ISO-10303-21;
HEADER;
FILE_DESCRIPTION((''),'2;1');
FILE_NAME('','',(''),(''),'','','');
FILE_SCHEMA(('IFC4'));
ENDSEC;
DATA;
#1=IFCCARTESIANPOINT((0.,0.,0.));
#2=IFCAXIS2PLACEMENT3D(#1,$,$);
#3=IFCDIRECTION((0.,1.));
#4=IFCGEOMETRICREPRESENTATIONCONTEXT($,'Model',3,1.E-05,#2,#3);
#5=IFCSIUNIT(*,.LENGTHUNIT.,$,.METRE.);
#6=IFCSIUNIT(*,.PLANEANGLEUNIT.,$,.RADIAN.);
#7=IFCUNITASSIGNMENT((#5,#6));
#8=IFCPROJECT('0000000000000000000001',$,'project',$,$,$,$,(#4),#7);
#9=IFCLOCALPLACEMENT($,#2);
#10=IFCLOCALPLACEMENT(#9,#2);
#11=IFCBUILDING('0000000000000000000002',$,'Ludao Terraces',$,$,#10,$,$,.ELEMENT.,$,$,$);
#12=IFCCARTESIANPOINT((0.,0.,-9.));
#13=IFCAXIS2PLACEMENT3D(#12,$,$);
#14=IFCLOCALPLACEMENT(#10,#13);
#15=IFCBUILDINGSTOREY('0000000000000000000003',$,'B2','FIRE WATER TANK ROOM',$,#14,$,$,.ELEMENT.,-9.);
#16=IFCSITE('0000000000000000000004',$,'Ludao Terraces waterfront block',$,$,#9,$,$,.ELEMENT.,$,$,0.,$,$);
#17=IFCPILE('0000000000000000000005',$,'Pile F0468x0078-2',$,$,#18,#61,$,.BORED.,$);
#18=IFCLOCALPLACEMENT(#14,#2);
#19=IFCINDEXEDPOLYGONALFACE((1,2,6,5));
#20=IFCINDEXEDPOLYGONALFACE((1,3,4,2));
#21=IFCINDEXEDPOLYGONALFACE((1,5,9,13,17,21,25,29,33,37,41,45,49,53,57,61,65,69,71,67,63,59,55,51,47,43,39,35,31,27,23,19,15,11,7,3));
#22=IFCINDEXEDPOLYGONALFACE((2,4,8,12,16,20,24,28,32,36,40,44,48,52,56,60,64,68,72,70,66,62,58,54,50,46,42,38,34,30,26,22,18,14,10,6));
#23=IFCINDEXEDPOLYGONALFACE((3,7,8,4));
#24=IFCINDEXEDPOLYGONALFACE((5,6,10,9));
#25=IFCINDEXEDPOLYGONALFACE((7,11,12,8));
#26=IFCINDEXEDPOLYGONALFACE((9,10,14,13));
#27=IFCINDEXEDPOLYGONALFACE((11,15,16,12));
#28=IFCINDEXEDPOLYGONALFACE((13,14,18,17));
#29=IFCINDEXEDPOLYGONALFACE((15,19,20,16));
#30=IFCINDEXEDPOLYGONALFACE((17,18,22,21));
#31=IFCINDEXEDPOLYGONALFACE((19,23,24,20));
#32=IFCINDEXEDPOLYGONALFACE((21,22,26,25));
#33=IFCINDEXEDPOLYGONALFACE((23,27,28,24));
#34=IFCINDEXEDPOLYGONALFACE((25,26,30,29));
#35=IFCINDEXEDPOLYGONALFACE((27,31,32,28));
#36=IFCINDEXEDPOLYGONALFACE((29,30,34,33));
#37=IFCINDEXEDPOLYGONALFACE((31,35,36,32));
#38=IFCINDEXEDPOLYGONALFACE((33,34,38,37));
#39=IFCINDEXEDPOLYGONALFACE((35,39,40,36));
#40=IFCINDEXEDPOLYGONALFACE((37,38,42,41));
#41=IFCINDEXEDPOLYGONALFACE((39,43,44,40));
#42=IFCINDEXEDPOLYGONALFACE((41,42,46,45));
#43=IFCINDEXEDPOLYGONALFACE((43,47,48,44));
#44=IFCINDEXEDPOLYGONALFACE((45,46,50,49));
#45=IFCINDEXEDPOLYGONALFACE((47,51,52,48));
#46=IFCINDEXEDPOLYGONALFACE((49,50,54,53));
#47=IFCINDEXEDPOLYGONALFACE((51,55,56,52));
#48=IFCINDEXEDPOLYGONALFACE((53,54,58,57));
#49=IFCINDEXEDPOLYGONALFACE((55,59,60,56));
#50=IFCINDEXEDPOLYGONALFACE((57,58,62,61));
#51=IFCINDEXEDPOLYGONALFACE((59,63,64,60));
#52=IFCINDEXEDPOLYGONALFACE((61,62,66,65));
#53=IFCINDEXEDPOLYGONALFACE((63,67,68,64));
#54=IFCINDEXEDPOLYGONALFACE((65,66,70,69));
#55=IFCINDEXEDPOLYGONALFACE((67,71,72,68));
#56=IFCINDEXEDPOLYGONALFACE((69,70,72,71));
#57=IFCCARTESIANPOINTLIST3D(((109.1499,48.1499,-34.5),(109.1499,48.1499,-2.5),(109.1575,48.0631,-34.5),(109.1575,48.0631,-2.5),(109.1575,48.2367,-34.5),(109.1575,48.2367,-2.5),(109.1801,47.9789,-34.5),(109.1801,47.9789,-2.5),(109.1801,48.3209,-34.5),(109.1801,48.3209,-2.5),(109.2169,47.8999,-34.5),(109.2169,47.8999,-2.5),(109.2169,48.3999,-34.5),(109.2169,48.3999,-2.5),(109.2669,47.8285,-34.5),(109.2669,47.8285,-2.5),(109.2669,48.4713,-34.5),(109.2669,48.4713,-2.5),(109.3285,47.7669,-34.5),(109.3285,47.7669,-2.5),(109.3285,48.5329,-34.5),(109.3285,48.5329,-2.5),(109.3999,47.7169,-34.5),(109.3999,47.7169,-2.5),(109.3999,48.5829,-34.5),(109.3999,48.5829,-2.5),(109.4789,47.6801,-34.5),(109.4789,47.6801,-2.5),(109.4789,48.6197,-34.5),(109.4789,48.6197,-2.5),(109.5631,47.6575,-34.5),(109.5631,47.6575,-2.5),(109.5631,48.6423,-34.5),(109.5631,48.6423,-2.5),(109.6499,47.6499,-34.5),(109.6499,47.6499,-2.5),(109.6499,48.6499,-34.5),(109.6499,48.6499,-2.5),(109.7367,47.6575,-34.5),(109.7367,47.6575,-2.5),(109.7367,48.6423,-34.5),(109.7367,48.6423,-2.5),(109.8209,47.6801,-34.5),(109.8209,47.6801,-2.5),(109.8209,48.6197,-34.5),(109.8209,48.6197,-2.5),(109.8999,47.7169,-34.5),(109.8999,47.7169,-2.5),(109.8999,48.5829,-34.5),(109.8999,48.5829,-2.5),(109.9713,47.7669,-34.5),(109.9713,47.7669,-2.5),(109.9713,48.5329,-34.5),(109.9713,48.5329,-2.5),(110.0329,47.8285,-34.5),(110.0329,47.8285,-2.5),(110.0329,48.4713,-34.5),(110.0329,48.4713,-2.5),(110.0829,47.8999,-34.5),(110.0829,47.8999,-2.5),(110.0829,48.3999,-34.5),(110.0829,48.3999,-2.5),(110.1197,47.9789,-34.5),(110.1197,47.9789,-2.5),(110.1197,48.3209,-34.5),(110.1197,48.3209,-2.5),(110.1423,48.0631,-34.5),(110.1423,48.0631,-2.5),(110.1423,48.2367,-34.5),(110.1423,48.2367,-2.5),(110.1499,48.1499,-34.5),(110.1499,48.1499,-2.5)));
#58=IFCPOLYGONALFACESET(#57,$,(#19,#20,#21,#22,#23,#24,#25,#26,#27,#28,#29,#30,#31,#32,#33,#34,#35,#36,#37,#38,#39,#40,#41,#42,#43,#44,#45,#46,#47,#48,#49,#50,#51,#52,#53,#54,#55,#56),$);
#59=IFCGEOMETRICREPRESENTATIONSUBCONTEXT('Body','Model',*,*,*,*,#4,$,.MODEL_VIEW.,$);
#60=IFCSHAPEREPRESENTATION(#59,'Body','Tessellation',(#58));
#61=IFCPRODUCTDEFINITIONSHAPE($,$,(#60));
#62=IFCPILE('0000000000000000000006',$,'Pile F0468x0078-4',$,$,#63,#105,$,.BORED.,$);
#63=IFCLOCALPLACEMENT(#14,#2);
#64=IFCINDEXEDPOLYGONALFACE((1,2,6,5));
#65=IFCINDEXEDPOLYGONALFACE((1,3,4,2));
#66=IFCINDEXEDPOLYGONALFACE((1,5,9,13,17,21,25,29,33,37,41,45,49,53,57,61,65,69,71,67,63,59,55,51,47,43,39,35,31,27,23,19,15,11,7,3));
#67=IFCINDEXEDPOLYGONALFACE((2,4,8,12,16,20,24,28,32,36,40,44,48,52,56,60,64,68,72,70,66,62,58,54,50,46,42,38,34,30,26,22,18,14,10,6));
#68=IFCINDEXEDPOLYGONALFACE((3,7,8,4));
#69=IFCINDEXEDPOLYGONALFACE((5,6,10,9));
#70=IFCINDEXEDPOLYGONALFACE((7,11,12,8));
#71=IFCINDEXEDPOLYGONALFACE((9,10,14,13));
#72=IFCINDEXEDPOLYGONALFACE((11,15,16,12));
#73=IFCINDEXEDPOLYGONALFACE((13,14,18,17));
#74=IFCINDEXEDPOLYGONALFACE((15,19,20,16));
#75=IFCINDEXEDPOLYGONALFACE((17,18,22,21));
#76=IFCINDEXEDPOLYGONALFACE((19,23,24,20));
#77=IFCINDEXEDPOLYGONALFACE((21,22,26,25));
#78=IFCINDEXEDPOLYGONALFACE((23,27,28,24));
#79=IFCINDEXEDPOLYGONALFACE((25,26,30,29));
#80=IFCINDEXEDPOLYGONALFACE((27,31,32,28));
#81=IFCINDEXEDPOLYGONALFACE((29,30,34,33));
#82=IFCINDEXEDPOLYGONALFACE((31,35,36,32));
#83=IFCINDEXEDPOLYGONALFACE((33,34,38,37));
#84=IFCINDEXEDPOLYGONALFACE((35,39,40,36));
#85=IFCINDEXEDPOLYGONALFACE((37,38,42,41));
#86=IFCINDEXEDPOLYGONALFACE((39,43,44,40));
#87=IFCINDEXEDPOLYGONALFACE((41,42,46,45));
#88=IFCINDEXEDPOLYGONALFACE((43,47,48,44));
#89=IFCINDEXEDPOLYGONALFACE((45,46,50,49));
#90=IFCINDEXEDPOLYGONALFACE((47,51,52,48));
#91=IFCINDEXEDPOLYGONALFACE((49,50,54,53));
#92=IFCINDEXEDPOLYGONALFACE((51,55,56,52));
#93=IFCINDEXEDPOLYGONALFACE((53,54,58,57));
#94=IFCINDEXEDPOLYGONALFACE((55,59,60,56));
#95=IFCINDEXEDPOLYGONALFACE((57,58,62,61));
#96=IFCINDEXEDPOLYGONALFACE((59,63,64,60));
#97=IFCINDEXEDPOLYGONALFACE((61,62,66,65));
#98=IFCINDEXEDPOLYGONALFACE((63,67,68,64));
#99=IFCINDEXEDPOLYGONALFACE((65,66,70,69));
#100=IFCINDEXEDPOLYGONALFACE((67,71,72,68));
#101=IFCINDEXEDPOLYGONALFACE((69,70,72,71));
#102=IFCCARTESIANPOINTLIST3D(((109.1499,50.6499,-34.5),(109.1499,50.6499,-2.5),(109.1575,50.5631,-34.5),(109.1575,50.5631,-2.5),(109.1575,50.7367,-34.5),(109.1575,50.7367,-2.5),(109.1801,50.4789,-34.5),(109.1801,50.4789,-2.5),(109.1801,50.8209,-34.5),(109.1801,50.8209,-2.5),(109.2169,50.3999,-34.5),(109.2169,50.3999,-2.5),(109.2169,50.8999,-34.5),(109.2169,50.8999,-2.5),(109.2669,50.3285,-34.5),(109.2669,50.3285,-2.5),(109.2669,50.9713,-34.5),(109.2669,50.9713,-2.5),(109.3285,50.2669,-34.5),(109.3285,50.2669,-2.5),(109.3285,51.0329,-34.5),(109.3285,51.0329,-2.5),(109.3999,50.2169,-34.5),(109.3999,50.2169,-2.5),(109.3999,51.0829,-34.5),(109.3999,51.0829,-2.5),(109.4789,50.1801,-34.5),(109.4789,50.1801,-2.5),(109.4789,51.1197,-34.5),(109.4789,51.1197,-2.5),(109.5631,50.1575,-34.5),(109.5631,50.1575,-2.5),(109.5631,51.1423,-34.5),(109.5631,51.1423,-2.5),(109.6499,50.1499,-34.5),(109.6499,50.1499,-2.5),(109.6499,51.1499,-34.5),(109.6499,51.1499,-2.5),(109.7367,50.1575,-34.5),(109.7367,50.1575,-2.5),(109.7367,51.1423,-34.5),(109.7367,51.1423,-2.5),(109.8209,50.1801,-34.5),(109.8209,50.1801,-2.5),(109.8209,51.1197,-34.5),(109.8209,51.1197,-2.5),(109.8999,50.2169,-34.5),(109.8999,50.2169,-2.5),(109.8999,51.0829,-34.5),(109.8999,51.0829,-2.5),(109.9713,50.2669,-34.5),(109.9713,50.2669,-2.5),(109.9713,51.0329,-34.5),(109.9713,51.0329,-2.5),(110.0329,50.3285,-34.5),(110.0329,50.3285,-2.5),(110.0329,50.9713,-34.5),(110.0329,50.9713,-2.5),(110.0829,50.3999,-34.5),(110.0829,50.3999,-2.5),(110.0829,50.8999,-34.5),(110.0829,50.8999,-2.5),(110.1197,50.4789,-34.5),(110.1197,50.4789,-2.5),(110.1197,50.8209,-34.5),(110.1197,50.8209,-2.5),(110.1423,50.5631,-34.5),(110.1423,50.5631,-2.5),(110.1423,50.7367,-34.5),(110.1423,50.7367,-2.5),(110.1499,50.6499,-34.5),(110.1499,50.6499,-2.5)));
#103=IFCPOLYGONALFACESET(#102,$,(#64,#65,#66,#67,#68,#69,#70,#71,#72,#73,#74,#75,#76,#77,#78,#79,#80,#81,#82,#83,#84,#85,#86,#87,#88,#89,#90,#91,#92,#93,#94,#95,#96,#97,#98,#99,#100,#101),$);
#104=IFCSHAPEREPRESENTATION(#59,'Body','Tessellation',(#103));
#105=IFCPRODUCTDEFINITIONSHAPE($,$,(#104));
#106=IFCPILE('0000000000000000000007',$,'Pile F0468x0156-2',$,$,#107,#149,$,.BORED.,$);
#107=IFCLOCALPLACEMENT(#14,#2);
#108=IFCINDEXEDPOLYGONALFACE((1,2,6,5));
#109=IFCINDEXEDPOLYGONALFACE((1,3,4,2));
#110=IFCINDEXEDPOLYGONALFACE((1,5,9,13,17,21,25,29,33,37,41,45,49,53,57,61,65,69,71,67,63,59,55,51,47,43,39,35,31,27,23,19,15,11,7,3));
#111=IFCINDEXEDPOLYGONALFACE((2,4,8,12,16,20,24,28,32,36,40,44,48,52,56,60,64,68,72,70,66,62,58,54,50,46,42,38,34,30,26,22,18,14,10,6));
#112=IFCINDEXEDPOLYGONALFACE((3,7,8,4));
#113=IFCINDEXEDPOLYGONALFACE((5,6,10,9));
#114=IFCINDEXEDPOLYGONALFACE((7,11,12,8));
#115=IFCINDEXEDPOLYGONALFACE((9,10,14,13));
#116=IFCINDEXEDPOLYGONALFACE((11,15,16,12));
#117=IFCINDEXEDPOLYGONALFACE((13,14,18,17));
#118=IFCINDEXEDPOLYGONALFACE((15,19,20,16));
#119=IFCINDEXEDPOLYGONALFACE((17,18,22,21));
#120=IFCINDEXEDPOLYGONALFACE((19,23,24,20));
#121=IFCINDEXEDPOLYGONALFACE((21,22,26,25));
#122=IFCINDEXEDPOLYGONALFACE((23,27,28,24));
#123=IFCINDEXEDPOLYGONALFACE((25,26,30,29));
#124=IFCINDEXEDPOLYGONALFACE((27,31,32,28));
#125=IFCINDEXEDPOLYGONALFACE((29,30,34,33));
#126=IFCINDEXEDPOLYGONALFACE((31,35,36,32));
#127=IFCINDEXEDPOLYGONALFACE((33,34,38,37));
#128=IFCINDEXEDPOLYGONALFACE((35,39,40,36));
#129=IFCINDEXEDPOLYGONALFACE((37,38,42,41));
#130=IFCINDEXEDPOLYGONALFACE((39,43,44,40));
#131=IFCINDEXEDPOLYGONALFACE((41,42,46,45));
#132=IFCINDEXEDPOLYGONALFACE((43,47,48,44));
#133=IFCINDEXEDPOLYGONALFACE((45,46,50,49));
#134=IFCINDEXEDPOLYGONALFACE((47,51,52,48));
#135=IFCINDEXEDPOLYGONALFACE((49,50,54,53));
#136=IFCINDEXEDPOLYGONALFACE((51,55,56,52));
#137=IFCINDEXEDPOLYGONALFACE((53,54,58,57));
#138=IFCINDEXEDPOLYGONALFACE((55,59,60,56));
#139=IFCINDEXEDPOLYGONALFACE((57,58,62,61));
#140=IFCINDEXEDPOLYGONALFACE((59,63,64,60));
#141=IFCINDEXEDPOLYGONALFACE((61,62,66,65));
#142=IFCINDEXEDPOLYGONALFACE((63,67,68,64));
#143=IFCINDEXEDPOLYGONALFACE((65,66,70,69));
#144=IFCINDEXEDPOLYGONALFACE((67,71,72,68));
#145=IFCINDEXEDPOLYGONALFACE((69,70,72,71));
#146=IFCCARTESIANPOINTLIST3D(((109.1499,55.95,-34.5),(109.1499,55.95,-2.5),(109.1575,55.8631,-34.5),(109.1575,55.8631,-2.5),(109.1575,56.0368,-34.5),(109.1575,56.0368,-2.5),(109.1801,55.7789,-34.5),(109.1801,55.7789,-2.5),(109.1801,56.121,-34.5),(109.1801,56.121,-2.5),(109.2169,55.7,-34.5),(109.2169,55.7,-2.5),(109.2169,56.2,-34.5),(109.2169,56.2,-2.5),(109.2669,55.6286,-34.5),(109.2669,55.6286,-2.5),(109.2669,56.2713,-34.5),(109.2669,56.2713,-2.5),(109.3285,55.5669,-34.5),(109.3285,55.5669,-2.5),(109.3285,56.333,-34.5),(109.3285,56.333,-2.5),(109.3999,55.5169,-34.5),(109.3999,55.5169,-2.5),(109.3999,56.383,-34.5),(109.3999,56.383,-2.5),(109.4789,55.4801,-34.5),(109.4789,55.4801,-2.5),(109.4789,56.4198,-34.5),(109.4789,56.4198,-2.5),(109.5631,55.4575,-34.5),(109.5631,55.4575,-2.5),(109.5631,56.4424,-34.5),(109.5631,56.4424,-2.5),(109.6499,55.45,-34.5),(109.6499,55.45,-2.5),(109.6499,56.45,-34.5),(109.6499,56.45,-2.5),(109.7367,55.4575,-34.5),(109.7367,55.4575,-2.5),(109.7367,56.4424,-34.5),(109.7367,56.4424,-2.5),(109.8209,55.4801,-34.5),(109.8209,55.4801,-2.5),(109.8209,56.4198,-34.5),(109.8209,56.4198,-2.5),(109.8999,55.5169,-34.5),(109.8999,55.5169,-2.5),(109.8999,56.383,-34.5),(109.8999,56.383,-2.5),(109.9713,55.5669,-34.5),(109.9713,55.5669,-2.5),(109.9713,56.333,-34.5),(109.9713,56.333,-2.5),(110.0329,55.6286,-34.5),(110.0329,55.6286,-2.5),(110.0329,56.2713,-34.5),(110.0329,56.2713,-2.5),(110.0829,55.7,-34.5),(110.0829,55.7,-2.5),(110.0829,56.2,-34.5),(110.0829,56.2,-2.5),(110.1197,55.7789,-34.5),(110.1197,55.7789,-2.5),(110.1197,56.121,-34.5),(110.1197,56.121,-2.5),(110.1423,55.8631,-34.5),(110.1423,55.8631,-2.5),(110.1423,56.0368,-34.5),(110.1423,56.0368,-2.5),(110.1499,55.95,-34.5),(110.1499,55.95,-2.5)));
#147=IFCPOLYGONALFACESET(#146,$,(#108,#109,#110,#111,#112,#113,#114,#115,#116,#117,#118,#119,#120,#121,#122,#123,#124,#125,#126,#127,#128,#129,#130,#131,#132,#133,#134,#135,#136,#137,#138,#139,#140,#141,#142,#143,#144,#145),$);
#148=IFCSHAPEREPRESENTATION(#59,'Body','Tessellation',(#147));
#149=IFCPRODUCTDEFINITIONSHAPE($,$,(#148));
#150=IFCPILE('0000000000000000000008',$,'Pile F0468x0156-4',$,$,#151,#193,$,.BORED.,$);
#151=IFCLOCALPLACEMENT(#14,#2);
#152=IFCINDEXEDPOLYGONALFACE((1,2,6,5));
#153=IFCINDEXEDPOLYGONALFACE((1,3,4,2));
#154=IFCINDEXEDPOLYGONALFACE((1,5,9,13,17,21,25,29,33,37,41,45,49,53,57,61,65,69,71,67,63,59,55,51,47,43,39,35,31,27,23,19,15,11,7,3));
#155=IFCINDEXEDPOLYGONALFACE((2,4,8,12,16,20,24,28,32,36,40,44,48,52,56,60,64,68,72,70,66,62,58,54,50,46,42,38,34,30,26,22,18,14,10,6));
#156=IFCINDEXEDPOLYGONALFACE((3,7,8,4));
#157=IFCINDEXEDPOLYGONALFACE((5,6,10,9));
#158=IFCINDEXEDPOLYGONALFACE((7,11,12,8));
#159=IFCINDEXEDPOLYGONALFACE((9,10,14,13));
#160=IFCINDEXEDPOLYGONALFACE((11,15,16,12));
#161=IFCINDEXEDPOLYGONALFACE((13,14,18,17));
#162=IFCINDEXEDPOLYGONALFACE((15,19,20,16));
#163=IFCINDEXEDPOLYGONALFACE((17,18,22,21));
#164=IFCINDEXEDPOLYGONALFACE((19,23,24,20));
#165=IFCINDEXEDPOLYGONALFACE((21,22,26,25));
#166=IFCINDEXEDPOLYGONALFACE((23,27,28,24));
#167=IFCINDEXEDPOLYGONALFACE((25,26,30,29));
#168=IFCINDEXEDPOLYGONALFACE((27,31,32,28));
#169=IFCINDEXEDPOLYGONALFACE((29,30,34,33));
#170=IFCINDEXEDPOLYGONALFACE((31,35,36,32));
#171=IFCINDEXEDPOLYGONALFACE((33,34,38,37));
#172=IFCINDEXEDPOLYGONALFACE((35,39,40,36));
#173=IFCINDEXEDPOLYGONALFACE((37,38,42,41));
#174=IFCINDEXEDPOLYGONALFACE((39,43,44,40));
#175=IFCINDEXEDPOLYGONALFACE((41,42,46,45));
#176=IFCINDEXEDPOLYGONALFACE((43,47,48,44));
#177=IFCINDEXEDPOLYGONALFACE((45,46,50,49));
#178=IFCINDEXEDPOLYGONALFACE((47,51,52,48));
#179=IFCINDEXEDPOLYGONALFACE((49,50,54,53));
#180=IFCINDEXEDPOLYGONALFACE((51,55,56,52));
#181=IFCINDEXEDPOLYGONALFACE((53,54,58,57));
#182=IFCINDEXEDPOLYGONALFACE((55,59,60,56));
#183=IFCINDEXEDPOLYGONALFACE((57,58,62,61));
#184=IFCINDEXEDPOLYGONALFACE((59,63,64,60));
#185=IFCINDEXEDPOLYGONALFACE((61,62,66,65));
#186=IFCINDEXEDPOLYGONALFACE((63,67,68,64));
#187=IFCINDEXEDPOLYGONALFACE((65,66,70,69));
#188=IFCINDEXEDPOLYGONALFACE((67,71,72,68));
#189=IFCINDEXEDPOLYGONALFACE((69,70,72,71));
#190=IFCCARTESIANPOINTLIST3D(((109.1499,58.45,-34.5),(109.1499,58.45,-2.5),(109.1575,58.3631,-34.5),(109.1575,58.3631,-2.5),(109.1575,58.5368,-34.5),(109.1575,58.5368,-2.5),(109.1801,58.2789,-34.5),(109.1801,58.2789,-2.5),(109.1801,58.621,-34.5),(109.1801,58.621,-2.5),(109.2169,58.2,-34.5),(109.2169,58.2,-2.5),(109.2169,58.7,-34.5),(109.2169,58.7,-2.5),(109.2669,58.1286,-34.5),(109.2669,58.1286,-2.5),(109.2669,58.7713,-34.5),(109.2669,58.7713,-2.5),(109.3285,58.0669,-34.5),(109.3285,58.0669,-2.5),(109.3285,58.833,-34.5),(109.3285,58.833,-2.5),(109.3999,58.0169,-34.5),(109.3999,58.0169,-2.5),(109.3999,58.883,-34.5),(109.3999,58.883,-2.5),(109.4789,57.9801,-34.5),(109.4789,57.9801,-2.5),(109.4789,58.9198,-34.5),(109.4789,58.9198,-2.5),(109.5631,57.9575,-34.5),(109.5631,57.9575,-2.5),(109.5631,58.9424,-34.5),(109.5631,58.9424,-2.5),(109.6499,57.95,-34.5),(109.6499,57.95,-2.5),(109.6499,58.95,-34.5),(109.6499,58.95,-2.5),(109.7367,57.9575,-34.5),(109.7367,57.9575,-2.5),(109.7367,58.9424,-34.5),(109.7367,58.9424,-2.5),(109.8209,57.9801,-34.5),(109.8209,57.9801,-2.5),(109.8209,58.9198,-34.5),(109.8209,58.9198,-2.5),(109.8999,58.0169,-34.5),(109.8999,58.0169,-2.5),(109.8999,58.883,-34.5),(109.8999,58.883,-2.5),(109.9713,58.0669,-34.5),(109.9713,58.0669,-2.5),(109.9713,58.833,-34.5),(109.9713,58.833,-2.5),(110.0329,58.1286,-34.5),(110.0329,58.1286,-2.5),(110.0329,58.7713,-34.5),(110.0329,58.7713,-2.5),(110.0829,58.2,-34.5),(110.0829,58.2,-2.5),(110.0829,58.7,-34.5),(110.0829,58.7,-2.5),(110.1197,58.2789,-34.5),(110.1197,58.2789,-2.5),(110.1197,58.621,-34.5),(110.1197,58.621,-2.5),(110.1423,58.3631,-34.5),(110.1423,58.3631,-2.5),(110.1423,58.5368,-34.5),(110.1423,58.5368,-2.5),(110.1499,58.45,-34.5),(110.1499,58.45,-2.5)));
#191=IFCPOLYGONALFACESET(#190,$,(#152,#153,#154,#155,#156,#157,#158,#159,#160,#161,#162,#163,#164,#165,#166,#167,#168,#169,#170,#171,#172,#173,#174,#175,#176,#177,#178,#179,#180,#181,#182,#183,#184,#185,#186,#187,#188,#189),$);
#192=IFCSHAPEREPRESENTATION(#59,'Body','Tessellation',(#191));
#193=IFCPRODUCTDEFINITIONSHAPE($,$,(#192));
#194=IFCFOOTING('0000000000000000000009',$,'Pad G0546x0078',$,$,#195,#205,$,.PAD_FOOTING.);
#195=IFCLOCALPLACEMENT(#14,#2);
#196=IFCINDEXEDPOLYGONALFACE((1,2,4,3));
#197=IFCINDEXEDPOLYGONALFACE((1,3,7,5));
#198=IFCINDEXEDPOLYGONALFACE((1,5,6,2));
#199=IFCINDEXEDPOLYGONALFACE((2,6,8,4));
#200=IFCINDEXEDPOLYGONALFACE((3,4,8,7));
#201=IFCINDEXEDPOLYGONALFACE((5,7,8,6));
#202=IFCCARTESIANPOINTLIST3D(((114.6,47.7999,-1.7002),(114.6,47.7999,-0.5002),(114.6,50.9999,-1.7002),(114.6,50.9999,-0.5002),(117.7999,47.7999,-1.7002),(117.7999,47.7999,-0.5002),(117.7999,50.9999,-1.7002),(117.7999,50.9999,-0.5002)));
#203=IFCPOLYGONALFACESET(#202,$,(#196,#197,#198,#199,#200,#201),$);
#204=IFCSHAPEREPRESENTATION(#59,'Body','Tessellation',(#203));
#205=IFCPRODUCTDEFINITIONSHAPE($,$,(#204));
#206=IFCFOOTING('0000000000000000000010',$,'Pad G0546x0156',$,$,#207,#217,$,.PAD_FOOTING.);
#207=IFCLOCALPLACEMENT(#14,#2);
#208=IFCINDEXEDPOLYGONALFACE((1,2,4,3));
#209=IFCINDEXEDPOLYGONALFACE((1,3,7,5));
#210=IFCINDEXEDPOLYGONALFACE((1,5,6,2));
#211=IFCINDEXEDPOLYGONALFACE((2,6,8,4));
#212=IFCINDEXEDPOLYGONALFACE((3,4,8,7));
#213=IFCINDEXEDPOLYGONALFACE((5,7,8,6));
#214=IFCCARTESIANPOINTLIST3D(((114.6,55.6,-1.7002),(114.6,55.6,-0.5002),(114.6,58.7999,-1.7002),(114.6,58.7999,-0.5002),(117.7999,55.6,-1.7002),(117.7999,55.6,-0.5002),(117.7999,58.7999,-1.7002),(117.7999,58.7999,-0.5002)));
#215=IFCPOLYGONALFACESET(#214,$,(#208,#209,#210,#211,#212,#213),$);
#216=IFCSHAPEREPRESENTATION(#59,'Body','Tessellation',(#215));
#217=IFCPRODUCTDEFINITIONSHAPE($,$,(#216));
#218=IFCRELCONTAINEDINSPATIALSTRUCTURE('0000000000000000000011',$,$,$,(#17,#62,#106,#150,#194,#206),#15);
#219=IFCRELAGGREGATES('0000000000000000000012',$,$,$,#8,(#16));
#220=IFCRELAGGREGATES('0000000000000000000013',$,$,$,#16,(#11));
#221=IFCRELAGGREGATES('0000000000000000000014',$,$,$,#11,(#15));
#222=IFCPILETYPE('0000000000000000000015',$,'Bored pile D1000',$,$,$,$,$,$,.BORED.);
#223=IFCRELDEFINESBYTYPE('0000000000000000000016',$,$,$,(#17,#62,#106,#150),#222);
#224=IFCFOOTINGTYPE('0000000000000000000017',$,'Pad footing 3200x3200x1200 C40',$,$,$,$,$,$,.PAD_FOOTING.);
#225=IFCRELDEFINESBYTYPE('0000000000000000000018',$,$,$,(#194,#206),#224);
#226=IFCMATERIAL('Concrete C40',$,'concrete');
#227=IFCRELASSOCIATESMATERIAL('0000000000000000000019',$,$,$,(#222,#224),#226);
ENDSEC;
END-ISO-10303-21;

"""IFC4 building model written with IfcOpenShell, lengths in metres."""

from ifc_helpers import new_model, si_unit, direction, frame, origin, origin_2d, place, context, subcontext, project, spatial, rectangle, circle, extrude, material, material_profile, profile_set, type_object, element, save


model = new_model("IFC4")

# Units and contexts
model_context = context("Model", 3, precision=1e-05, world=origin(), true_north=direction((0.0, 1.0)))
body_context = subcontext(model_context, "Body", "Model", "MODEL_VIEW")
ifc_project = project(units=[si_unit("LENGTHUNIT", "METRE"), si_unit("PLANEANGLEUNIT", "RADIAN")], contexts=[model_context])

# Site, building, storey
site_placement = place(None, origin())
site = spatial("IfcSite", under=ifc_project, at=site_placement, Name="Ludao Terraces waterfront block", CompositionType="ELEMENT", RefElevation=0.0)
building_placement = place(site_placement, origin())
building = spatial("IfcBuilding", under=site, at=building_placement, Name="Ludao Terraces", CompositionType="ELEMENT")
storey_placement = place(building_placement, frame((0.0, 0.0, -9.0)))
storey = spatial("IfcBuildingStorey", under=building, at=storey_placement, Name="B2", Description="FIRE WATER TANK ROOM", CompositionType="ELEMENT", Elevation=-9.0)

# Piles
ifc_material_1 = material(Name="Concrete C40", Category="concrete")
ifc_material_profile_1 = material_profile(ifc_material_1, circle(Radius=0.5, at=origin_2d()), Name="D1000 BORED PILE")
ifc_profile_set_1 = profile_set([ifc_material_profile_1], Name="Concrete C40")
pile_type = type_object("IfcPileType", Name="Bored pile D1000", PredefinedType="BORED", material=ifc_profile_set_1)
for number, where, z_axis, x_axis, name in (
    (1, (109.6499, 48.1499, -2.5), (0.0, 0.0, -1.0), (1.0, 0.0, 0.0), "Pile F0468x0078-2"),
    (2, (109.6499, 50.6499, -2.5), (0.0, 0.0, -1.0), (1.0, 0.0, 0.0), "Pile F0468x0078-4"),
    (3, (109.6499, 55.95, -2.5), (0.0, 0.0, -1.0), (1.0, 0.0, 0.0), "Pile F0468x0156-2"),
    (4, (109.6499, 58.45, -2.5), (0.0, 0.0, -1.0), (1.0, 0.0, 0.0), "Pile F0468x0156-4"),
):
    element("IfcPile", number, at=place(storey_placement, frame(where, z_axis=z_axis, x_axis=x_axis)), inside=storey, type_object=pile_type, Name=name, PredefinedType="BORED", context=body_context, shape_type="SweptSolid", body=[
        extrude(circle(Radius=0.5, at=origin_2d()), origin(), (0.0, 0.0, 1.0), 32.0),
    ])

# Footings
footing_type_1 = type_object("IfcFootingType", Name="Pad footing 3200x3200x1200 C40", PredefinedType="PAD_FOOTING", material=ifc_material_1)
for number, where, z_axis, x_axis, name in (
    (5, (116.2, 49.3999, -1.7002), (0.0, 0.0, 1.0), (1.0, 0.0, 0.0), "Pad G0546x0078"),
    (6, (116.2, 57.2, -1.7002), (0.0, 0.0, 1.0), (1.0, 0.0, 0.0), "Pad G0546x0156"),
):
    element("IfcFooting", number, at=place(storey_placement, frame(where, z_axis=z_axis, x_axis=x_axis)), inside=storey, type_object=footing_type_1, Name=name, PredefinedType="PAD_FOOTING", context=body_context, shape_type="SweptSolid", body=[
        extrude(rectangle(XDim=3.2, YDim=3.2, at=origin_2d()), origin(), (0.0, 0.0, 1.0), 1.2),
    ])

save(model, "model.ifc")
